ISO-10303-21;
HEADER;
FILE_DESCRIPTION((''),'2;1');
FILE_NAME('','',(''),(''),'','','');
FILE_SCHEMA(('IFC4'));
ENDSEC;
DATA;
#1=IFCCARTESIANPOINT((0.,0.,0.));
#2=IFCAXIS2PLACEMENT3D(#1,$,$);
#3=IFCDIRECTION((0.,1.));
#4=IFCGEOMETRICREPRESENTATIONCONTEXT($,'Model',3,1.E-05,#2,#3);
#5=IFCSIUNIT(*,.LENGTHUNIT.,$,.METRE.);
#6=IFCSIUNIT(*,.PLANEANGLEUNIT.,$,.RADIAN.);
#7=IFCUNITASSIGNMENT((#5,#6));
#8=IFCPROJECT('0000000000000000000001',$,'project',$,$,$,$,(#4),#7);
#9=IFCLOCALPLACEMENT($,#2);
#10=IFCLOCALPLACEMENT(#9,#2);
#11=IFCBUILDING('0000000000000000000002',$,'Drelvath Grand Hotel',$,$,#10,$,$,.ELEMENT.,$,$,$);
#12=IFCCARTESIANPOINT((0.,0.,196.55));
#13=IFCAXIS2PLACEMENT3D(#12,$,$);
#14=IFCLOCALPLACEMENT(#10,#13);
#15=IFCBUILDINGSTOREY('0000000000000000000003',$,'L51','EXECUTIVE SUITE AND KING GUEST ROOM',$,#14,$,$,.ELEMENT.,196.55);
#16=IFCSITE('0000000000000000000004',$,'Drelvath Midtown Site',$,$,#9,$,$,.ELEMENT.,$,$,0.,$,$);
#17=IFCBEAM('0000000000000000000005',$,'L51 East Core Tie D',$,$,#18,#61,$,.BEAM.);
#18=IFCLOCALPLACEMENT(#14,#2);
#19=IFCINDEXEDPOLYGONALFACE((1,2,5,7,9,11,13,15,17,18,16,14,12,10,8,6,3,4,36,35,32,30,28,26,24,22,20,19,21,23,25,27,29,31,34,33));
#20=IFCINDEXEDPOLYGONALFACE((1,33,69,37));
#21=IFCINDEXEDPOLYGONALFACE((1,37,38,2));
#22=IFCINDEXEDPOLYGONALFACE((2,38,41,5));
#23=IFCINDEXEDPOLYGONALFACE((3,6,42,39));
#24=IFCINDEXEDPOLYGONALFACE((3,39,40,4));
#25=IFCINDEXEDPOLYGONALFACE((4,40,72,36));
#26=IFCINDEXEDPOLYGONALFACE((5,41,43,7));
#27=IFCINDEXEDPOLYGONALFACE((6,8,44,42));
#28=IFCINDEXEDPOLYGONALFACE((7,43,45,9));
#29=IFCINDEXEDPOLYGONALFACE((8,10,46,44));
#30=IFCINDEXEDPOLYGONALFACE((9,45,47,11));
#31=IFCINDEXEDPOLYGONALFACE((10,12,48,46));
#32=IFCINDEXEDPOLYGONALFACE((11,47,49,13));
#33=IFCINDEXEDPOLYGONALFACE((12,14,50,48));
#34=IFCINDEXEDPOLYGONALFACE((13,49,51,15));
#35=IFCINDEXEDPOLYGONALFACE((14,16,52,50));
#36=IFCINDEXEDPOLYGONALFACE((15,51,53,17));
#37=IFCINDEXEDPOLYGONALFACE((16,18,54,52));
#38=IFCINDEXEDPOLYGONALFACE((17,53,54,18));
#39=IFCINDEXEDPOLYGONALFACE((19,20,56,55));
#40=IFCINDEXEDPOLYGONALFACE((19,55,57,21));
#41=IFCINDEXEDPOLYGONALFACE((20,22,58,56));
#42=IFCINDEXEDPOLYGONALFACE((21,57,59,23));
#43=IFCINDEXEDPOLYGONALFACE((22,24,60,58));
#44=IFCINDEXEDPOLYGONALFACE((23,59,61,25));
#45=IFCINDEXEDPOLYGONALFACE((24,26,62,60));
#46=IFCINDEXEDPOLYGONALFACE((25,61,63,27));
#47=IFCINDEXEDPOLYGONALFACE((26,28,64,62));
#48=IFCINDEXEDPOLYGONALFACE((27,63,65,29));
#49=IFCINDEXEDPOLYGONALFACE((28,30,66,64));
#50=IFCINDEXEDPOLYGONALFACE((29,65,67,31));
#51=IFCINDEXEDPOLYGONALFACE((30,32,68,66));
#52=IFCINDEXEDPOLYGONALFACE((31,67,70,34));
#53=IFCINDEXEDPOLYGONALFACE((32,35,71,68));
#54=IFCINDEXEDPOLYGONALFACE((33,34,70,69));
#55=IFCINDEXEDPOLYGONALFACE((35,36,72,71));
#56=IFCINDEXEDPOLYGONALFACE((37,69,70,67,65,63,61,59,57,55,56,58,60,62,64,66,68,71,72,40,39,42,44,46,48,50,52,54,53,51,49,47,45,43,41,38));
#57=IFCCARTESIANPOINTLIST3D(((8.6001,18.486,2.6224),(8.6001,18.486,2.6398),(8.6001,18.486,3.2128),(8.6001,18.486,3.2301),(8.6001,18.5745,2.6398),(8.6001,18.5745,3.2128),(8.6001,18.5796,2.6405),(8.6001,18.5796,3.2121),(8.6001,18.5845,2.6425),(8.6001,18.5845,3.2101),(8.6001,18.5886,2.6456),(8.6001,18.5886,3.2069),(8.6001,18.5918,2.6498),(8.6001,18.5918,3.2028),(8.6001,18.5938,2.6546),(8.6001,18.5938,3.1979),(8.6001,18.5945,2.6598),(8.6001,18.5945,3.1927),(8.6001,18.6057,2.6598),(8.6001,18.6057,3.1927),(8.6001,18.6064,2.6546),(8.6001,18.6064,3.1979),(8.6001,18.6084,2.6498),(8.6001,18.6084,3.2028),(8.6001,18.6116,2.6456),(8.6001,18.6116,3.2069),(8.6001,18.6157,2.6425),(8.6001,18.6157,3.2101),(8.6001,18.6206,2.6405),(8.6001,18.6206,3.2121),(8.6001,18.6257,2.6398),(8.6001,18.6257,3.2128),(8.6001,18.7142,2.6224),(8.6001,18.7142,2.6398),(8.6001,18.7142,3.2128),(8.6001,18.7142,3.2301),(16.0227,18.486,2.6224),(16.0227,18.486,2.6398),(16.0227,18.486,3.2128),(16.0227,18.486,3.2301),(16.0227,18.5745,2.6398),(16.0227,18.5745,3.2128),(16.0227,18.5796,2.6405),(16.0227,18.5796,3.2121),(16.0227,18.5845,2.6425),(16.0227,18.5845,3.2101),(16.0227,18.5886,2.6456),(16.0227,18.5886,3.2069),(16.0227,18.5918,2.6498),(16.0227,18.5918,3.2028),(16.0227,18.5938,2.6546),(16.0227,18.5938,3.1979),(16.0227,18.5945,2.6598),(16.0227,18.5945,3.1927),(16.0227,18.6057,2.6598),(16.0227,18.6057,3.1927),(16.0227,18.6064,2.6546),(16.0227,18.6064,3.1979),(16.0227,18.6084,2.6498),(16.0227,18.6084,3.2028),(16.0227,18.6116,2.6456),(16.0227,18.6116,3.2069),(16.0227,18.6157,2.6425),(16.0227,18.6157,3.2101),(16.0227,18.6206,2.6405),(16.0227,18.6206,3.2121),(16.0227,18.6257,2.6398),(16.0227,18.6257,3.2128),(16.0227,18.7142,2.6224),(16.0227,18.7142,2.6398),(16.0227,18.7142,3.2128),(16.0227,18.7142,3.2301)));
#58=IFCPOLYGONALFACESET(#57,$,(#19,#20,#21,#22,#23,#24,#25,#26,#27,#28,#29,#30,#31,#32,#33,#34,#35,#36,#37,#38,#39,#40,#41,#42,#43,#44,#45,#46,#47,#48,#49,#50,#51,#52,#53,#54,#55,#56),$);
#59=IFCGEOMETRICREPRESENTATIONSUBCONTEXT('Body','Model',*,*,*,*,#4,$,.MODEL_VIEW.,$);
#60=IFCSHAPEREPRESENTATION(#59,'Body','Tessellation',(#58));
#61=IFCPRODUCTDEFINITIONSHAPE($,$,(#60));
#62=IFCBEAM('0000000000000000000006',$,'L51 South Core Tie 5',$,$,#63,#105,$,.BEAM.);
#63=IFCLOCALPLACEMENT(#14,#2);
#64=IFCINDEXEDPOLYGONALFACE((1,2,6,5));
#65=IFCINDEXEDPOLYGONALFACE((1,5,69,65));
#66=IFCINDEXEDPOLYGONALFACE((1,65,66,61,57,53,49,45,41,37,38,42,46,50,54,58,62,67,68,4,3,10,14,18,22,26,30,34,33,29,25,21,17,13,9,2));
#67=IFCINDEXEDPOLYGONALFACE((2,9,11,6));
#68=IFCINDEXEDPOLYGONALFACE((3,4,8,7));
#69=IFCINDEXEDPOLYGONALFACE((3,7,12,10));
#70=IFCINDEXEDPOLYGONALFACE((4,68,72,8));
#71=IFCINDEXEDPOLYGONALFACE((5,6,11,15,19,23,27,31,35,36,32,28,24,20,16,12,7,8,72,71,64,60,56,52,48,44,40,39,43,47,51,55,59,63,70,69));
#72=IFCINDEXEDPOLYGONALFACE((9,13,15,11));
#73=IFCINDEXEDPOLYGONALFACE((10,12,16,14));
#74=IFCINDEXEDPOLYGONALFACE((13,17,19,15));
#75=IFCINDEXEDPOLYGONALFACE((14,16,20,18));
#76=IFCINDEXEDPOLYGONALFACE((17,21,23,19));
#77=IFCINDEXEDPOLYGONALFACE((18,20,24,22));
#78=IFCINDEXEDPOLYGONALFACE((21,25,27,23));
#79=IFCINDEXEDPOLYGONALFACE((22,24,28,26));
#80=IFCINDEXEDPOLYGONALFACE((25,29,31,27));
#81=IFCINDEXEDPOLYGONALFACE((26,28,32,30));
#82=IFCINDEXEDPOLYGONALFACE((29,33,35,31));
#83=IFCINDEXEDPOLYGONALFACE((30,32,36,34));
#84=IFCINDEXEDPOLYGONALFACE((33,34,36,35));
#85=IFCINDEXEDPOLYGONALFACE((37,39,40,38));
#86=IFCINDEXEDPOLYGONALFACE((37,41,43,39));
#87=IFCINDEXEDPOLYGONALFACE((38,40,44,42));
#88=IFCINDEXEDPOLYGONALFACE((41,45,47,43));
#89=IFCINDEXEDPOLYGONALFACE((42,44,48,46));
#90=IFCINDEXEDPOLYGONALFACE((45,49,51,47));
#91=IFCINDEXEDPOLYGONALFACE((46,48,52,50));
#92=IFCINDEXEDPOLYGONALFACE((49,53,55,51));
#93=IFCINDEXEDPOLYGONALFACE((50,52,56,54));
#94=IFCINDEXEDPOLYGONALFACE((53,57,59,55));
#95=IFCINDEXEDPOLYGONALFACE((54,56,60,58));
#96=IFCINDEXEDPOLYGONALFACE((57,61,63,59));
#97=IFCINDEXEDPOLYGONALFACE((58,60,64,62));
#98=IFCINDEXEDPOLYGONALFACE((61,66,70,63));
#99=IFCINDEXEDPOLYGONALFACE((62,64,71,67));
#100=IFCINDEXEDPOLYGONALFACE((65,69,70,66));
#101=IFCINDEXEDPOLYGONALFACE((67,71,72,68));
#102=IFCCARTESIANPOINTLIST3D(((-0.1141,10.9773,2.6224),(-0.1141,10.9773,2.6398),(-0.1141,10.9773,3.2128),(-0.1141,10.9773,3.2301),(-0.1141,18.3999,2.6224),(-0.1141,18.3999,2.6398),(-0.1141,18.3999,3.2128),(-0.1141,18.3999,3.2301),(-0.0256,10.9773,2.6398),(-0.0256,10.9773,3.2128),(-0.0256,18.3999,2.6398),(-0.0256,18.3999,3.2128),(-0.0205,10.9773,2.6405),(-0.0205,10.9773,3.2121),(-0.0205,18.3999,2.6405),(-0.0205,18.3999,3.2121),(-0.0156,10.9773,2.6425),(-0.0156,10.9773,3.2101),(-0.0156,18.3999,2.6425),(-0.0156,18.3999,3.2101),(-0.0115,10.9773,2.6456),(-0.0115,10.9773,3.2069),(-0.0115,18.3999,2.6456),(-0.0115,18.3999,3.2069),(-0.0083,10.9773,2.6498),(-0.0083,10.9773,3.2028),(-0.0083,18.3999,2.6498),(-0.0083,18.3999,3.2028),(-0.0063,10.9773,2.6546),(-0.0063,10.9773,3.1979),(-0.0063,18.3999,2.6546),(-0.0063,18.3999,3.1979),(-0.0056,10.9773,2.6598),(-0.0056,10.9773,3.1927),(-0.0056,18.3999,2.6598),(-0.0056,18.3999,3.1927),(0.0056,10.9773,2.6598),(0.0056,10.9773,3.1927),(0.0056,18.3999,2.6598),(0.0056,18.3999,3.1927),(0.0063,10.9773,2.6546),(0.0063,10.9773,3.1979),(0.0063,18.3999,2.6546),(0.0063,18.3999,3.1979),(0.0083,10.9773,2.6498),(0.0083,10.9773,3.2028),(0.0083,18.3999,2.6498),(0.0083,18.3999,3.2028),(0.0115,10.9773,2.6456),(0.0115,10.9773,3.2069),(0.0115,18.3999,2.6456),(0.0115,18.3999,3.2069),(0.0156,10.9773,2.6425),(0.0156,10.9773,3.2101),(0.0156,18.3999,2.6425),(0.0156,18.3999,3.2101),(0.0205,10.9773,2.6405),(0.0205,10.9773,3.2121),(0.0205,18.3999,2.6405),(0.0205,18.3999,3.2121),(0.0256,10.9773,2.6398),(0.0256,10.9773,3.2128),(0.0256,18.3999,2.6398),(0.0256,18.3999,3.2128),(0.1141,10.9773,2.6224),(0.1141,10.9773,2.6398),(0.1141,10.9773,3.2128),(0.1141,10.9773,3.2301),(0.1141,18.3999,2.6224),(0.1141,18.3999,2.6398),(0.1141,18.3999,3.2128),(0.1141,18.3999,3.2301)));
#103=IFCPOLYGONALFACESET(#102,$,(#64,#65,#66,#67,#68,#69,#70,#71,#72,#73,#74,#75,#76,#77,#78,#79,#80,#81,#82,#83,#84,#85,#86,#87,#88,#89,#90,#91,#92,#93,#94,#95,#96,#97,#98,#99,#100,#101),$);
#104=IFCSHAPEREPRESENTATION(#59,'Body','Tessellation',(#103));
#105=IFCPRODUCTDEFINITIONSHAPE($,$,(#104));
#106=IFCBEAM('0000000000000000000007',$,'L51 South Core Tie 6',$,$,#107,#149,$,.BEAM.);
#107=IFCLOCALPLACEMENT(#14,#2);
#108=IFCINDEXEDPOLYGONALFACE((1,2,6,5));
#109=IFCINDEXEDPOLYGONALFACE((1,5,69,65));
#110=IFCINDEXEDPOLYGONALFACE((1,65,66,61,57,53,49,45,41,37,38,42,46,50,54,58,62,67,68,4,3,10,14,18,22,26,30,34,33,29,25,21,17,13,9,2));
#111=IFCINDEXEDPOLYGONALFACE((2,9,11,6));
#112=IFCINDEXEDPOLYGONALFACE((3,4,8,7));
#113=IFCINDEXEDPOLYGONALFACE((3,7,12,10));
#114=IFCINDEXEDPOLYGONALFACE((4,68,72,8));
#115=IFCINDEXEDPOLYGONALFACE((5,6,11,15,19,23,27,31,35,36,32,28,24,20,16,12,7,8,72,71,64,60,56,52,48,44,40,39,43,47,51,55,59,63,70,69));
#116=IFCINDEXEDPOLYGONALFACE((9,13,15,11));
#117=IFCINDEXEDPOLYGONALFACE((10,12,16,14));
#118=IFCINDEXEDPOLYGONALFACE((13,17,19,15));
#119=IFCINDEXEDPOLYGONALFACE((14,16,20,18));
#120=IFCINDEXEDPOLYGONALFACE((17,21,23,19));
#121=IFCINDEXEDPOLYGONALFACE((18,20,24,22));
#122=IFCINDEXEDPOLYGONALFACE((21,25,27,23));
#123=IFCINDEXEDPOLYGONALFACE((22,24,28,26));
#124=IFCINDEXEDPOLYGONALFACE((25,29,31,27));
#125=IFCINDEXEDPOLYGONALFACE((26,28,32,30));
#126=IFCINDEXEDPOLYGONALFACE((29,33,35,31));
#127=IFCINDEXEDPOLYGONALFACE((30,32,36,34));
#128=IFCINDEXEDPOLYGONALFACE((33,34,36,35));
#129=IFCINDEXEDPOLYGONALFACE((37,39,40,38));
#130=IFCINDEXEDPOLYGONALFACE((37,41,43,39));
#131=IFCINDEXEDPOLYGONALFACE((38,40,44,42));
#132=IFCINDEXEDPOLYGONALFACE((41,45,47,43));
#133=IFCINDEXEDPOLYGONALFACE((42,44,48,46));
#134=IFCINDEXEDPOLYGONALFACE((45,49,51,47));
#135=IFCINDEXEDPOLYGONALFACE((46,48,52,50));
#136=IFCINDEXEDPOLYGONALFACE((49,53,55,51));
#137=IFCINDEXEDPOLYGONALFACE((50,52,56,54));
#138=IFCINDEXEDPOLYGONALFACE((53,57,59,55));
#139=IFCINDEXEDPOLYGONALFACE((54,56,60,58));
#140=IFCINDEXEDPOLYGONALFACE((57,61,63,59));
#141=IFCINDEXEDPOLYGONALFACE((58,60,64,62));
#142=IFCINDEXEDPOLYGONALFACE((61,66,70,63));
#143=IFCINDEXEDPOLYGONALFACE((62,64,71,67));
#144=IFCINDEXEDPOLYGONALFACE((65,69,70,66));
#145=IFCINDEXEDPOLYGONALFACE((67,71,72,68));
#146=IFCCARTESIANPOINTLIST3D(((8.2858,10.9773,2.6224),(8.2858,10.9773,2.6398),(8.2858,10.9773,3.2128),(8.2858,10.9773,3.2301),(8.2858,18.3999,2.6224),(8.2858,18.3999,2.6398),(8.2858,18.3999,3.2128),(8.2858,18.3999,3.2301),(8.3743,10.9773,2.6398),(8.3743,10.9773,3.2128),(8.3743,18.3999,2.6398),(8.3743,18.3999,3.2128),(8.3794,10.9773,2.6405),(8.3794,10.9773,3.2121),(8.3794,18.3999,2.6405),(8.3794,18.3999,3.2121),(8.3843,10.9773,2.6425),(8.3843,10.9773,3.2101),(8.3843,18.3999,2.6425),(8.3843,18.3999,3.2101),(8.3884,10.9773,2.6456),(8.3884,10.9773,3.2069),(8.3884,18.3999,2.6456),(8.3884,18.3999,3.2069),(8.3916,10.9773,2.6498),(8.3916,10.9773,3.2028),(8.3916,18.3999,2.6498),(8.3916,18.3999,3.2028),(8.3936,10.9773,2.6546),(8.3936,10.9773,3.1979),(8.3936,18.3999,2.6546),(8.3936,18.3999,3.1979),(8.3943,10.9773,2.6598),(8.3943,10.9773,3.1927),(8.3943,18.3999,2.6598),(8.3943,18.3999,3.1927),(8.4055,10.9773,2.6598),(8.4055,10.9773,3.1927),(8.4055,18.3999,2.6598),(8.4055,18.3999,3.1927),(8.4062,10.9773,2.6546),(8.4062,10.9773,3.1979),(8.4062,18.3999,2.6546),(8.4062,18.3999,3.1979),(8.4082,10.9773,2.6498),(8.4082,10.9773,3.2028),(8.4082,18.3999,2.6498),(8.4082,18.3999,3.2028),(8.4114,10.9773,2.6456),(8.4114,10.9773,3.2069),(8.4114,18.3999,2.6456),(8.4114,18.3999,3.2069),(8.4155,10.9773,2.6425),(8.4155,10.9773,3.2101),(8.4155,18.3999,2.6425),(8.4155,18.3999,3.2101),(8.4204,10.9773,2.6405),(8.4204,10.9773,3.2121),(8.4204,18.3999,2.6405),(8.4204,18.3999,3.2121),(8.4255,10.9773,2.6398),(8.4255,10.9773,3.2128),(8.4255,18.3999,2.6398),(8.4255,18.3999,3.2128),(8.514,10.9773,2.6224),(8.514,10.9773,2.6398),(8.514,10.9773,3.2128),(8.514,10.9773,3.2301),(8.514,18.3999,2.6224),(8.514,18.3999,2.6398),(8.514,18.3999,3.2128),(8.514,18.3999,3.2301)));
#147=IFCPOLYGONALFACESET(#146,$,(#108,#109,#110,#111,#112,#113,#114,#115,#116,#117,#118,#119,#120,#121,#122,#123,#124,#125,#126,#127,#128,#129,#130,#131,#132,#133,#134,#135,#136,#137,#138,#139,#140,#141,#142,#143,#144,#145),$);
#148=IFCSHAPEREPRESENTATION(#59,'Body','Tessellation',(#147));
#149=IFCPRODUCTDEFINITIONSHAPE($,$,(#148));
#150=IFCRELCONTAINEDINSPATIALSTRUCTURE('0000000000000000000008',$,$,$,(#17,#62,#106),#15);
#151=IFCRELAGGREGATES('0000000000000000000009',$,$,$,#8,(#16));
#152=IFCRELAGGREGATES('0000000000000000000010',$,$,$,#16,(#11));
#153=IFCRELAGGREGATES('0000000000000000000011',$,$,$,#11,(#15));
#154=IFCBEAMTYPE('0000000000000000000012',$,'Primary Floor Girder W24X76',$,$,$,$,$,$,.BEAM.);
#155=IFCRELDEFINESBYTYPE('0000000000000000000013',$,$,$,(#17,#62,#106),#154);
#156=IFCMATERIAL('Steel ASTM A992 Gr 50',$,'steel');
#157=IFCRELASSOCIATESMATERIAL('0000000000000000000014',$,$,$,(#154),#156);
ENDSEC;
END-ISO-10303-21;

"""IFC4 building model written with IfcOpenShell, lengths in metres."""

from ifc_helpers import new_model, si_unit, direction, frame, origin, origin_2d, place, context, subcontext, project, spatial, i_section, extrude, material, material_profile, profile_set, type_object, element, save


model = new_model("IFC4")

# Units and contexts
model_context = context("Model", 3, precision=1e-05, world=origin(), true_north=direction((0.0, 1.0)))
body_context = subcontext(model_context, "Body", "Model", "MODEL_VIEW")
ifc_project = project(units=[si_unit("LENGTHUNIT", "METRE"), si_unit("PLANEANGLEUNIT", "RADIAN")], contexts=[model_context])

# Site, building, storey
site_placement = place(None, origin())
site = spatial("IfcSite", under=ifc_project, at=site_placement, Name="Drelvath Midtown Site", CompositionType="ELEMENT", RefElevation=0.0)
building_placement = place(site_placement, origin())
building = spatial("IfcBuilding", under=site, at=building_placement, Name="Drelvath Grand Hotel", CompositionType="ELEMENT")
storey_placement = place(building_placement, frame((0.0, 0.0, 196.55)))
storey = spatial("IfcBuildingStorey", under=building, at=storey_placement, Name="L51", Description="EXECUTIVE SUITE AND KING GUEST ROOM", CompositionType="ELEMENT", Elevation=196.55)

# Beams
ifc_material_1 = material(Name="Steel ASTM A992 Gr 50", Category="steel")
ifc_material_profile = material_profile(ifc_material_1, i_section(OverallWidth=0.2283, OverallDepth=0.6077, WebThickness=0.0112, FlangeThickness=0.0173, FilletRadius=0.02, at=origin_2d()), Name="W24X76")
ifc_profile_set = profile_set([ifc_material_profile], Name="Steel ASTM A992 Gr 50")
beam_type = type_object("IfcBeamType", Name="Primary Floor Girder W24X76", PredefinedType="BEAM", material=ifc_profile_set)
for number, where, z_axis, x_axis, name in (
    (1, (8.6001, 18.6001, 2.9263), (1.0, 0.0, 0.0), (0.0, 1.0, 0.0), "L51 East Core Tie D"),
    (2, (0.0, 10.9773, 2.9263), (0.0, 1.0, 0.0), (-1.0, 0.0, 0.0), "L51 South Core Tie 5"),
    (3, (8.3999, 10.9773, 2.9263), (0.0, 1.0, 0.0), (-1.0, 0.0, 0.0), "L51 South Core Tie 6"),
):
    element("IfcBeam", number, at=place(storey_placement, frame(where, z_axis=z_axis, x_axis=x_axis)), inside=storey, type_object=beam_type, Name=name, PredefinedType="BEAM", context=body_context, shape_type="SweptSolid", body=[
        extrude(i_section(OverallWidth=0.2283, OverallDepth=0.6077, WebThickness=0.0112, FlangeThickness=0.0173, FilletRadius=0.02, at=origin_2d()), origin(), (0.0, 0.0, 1.0), 7.4226),
    ])

save(model, "model.ifc")
